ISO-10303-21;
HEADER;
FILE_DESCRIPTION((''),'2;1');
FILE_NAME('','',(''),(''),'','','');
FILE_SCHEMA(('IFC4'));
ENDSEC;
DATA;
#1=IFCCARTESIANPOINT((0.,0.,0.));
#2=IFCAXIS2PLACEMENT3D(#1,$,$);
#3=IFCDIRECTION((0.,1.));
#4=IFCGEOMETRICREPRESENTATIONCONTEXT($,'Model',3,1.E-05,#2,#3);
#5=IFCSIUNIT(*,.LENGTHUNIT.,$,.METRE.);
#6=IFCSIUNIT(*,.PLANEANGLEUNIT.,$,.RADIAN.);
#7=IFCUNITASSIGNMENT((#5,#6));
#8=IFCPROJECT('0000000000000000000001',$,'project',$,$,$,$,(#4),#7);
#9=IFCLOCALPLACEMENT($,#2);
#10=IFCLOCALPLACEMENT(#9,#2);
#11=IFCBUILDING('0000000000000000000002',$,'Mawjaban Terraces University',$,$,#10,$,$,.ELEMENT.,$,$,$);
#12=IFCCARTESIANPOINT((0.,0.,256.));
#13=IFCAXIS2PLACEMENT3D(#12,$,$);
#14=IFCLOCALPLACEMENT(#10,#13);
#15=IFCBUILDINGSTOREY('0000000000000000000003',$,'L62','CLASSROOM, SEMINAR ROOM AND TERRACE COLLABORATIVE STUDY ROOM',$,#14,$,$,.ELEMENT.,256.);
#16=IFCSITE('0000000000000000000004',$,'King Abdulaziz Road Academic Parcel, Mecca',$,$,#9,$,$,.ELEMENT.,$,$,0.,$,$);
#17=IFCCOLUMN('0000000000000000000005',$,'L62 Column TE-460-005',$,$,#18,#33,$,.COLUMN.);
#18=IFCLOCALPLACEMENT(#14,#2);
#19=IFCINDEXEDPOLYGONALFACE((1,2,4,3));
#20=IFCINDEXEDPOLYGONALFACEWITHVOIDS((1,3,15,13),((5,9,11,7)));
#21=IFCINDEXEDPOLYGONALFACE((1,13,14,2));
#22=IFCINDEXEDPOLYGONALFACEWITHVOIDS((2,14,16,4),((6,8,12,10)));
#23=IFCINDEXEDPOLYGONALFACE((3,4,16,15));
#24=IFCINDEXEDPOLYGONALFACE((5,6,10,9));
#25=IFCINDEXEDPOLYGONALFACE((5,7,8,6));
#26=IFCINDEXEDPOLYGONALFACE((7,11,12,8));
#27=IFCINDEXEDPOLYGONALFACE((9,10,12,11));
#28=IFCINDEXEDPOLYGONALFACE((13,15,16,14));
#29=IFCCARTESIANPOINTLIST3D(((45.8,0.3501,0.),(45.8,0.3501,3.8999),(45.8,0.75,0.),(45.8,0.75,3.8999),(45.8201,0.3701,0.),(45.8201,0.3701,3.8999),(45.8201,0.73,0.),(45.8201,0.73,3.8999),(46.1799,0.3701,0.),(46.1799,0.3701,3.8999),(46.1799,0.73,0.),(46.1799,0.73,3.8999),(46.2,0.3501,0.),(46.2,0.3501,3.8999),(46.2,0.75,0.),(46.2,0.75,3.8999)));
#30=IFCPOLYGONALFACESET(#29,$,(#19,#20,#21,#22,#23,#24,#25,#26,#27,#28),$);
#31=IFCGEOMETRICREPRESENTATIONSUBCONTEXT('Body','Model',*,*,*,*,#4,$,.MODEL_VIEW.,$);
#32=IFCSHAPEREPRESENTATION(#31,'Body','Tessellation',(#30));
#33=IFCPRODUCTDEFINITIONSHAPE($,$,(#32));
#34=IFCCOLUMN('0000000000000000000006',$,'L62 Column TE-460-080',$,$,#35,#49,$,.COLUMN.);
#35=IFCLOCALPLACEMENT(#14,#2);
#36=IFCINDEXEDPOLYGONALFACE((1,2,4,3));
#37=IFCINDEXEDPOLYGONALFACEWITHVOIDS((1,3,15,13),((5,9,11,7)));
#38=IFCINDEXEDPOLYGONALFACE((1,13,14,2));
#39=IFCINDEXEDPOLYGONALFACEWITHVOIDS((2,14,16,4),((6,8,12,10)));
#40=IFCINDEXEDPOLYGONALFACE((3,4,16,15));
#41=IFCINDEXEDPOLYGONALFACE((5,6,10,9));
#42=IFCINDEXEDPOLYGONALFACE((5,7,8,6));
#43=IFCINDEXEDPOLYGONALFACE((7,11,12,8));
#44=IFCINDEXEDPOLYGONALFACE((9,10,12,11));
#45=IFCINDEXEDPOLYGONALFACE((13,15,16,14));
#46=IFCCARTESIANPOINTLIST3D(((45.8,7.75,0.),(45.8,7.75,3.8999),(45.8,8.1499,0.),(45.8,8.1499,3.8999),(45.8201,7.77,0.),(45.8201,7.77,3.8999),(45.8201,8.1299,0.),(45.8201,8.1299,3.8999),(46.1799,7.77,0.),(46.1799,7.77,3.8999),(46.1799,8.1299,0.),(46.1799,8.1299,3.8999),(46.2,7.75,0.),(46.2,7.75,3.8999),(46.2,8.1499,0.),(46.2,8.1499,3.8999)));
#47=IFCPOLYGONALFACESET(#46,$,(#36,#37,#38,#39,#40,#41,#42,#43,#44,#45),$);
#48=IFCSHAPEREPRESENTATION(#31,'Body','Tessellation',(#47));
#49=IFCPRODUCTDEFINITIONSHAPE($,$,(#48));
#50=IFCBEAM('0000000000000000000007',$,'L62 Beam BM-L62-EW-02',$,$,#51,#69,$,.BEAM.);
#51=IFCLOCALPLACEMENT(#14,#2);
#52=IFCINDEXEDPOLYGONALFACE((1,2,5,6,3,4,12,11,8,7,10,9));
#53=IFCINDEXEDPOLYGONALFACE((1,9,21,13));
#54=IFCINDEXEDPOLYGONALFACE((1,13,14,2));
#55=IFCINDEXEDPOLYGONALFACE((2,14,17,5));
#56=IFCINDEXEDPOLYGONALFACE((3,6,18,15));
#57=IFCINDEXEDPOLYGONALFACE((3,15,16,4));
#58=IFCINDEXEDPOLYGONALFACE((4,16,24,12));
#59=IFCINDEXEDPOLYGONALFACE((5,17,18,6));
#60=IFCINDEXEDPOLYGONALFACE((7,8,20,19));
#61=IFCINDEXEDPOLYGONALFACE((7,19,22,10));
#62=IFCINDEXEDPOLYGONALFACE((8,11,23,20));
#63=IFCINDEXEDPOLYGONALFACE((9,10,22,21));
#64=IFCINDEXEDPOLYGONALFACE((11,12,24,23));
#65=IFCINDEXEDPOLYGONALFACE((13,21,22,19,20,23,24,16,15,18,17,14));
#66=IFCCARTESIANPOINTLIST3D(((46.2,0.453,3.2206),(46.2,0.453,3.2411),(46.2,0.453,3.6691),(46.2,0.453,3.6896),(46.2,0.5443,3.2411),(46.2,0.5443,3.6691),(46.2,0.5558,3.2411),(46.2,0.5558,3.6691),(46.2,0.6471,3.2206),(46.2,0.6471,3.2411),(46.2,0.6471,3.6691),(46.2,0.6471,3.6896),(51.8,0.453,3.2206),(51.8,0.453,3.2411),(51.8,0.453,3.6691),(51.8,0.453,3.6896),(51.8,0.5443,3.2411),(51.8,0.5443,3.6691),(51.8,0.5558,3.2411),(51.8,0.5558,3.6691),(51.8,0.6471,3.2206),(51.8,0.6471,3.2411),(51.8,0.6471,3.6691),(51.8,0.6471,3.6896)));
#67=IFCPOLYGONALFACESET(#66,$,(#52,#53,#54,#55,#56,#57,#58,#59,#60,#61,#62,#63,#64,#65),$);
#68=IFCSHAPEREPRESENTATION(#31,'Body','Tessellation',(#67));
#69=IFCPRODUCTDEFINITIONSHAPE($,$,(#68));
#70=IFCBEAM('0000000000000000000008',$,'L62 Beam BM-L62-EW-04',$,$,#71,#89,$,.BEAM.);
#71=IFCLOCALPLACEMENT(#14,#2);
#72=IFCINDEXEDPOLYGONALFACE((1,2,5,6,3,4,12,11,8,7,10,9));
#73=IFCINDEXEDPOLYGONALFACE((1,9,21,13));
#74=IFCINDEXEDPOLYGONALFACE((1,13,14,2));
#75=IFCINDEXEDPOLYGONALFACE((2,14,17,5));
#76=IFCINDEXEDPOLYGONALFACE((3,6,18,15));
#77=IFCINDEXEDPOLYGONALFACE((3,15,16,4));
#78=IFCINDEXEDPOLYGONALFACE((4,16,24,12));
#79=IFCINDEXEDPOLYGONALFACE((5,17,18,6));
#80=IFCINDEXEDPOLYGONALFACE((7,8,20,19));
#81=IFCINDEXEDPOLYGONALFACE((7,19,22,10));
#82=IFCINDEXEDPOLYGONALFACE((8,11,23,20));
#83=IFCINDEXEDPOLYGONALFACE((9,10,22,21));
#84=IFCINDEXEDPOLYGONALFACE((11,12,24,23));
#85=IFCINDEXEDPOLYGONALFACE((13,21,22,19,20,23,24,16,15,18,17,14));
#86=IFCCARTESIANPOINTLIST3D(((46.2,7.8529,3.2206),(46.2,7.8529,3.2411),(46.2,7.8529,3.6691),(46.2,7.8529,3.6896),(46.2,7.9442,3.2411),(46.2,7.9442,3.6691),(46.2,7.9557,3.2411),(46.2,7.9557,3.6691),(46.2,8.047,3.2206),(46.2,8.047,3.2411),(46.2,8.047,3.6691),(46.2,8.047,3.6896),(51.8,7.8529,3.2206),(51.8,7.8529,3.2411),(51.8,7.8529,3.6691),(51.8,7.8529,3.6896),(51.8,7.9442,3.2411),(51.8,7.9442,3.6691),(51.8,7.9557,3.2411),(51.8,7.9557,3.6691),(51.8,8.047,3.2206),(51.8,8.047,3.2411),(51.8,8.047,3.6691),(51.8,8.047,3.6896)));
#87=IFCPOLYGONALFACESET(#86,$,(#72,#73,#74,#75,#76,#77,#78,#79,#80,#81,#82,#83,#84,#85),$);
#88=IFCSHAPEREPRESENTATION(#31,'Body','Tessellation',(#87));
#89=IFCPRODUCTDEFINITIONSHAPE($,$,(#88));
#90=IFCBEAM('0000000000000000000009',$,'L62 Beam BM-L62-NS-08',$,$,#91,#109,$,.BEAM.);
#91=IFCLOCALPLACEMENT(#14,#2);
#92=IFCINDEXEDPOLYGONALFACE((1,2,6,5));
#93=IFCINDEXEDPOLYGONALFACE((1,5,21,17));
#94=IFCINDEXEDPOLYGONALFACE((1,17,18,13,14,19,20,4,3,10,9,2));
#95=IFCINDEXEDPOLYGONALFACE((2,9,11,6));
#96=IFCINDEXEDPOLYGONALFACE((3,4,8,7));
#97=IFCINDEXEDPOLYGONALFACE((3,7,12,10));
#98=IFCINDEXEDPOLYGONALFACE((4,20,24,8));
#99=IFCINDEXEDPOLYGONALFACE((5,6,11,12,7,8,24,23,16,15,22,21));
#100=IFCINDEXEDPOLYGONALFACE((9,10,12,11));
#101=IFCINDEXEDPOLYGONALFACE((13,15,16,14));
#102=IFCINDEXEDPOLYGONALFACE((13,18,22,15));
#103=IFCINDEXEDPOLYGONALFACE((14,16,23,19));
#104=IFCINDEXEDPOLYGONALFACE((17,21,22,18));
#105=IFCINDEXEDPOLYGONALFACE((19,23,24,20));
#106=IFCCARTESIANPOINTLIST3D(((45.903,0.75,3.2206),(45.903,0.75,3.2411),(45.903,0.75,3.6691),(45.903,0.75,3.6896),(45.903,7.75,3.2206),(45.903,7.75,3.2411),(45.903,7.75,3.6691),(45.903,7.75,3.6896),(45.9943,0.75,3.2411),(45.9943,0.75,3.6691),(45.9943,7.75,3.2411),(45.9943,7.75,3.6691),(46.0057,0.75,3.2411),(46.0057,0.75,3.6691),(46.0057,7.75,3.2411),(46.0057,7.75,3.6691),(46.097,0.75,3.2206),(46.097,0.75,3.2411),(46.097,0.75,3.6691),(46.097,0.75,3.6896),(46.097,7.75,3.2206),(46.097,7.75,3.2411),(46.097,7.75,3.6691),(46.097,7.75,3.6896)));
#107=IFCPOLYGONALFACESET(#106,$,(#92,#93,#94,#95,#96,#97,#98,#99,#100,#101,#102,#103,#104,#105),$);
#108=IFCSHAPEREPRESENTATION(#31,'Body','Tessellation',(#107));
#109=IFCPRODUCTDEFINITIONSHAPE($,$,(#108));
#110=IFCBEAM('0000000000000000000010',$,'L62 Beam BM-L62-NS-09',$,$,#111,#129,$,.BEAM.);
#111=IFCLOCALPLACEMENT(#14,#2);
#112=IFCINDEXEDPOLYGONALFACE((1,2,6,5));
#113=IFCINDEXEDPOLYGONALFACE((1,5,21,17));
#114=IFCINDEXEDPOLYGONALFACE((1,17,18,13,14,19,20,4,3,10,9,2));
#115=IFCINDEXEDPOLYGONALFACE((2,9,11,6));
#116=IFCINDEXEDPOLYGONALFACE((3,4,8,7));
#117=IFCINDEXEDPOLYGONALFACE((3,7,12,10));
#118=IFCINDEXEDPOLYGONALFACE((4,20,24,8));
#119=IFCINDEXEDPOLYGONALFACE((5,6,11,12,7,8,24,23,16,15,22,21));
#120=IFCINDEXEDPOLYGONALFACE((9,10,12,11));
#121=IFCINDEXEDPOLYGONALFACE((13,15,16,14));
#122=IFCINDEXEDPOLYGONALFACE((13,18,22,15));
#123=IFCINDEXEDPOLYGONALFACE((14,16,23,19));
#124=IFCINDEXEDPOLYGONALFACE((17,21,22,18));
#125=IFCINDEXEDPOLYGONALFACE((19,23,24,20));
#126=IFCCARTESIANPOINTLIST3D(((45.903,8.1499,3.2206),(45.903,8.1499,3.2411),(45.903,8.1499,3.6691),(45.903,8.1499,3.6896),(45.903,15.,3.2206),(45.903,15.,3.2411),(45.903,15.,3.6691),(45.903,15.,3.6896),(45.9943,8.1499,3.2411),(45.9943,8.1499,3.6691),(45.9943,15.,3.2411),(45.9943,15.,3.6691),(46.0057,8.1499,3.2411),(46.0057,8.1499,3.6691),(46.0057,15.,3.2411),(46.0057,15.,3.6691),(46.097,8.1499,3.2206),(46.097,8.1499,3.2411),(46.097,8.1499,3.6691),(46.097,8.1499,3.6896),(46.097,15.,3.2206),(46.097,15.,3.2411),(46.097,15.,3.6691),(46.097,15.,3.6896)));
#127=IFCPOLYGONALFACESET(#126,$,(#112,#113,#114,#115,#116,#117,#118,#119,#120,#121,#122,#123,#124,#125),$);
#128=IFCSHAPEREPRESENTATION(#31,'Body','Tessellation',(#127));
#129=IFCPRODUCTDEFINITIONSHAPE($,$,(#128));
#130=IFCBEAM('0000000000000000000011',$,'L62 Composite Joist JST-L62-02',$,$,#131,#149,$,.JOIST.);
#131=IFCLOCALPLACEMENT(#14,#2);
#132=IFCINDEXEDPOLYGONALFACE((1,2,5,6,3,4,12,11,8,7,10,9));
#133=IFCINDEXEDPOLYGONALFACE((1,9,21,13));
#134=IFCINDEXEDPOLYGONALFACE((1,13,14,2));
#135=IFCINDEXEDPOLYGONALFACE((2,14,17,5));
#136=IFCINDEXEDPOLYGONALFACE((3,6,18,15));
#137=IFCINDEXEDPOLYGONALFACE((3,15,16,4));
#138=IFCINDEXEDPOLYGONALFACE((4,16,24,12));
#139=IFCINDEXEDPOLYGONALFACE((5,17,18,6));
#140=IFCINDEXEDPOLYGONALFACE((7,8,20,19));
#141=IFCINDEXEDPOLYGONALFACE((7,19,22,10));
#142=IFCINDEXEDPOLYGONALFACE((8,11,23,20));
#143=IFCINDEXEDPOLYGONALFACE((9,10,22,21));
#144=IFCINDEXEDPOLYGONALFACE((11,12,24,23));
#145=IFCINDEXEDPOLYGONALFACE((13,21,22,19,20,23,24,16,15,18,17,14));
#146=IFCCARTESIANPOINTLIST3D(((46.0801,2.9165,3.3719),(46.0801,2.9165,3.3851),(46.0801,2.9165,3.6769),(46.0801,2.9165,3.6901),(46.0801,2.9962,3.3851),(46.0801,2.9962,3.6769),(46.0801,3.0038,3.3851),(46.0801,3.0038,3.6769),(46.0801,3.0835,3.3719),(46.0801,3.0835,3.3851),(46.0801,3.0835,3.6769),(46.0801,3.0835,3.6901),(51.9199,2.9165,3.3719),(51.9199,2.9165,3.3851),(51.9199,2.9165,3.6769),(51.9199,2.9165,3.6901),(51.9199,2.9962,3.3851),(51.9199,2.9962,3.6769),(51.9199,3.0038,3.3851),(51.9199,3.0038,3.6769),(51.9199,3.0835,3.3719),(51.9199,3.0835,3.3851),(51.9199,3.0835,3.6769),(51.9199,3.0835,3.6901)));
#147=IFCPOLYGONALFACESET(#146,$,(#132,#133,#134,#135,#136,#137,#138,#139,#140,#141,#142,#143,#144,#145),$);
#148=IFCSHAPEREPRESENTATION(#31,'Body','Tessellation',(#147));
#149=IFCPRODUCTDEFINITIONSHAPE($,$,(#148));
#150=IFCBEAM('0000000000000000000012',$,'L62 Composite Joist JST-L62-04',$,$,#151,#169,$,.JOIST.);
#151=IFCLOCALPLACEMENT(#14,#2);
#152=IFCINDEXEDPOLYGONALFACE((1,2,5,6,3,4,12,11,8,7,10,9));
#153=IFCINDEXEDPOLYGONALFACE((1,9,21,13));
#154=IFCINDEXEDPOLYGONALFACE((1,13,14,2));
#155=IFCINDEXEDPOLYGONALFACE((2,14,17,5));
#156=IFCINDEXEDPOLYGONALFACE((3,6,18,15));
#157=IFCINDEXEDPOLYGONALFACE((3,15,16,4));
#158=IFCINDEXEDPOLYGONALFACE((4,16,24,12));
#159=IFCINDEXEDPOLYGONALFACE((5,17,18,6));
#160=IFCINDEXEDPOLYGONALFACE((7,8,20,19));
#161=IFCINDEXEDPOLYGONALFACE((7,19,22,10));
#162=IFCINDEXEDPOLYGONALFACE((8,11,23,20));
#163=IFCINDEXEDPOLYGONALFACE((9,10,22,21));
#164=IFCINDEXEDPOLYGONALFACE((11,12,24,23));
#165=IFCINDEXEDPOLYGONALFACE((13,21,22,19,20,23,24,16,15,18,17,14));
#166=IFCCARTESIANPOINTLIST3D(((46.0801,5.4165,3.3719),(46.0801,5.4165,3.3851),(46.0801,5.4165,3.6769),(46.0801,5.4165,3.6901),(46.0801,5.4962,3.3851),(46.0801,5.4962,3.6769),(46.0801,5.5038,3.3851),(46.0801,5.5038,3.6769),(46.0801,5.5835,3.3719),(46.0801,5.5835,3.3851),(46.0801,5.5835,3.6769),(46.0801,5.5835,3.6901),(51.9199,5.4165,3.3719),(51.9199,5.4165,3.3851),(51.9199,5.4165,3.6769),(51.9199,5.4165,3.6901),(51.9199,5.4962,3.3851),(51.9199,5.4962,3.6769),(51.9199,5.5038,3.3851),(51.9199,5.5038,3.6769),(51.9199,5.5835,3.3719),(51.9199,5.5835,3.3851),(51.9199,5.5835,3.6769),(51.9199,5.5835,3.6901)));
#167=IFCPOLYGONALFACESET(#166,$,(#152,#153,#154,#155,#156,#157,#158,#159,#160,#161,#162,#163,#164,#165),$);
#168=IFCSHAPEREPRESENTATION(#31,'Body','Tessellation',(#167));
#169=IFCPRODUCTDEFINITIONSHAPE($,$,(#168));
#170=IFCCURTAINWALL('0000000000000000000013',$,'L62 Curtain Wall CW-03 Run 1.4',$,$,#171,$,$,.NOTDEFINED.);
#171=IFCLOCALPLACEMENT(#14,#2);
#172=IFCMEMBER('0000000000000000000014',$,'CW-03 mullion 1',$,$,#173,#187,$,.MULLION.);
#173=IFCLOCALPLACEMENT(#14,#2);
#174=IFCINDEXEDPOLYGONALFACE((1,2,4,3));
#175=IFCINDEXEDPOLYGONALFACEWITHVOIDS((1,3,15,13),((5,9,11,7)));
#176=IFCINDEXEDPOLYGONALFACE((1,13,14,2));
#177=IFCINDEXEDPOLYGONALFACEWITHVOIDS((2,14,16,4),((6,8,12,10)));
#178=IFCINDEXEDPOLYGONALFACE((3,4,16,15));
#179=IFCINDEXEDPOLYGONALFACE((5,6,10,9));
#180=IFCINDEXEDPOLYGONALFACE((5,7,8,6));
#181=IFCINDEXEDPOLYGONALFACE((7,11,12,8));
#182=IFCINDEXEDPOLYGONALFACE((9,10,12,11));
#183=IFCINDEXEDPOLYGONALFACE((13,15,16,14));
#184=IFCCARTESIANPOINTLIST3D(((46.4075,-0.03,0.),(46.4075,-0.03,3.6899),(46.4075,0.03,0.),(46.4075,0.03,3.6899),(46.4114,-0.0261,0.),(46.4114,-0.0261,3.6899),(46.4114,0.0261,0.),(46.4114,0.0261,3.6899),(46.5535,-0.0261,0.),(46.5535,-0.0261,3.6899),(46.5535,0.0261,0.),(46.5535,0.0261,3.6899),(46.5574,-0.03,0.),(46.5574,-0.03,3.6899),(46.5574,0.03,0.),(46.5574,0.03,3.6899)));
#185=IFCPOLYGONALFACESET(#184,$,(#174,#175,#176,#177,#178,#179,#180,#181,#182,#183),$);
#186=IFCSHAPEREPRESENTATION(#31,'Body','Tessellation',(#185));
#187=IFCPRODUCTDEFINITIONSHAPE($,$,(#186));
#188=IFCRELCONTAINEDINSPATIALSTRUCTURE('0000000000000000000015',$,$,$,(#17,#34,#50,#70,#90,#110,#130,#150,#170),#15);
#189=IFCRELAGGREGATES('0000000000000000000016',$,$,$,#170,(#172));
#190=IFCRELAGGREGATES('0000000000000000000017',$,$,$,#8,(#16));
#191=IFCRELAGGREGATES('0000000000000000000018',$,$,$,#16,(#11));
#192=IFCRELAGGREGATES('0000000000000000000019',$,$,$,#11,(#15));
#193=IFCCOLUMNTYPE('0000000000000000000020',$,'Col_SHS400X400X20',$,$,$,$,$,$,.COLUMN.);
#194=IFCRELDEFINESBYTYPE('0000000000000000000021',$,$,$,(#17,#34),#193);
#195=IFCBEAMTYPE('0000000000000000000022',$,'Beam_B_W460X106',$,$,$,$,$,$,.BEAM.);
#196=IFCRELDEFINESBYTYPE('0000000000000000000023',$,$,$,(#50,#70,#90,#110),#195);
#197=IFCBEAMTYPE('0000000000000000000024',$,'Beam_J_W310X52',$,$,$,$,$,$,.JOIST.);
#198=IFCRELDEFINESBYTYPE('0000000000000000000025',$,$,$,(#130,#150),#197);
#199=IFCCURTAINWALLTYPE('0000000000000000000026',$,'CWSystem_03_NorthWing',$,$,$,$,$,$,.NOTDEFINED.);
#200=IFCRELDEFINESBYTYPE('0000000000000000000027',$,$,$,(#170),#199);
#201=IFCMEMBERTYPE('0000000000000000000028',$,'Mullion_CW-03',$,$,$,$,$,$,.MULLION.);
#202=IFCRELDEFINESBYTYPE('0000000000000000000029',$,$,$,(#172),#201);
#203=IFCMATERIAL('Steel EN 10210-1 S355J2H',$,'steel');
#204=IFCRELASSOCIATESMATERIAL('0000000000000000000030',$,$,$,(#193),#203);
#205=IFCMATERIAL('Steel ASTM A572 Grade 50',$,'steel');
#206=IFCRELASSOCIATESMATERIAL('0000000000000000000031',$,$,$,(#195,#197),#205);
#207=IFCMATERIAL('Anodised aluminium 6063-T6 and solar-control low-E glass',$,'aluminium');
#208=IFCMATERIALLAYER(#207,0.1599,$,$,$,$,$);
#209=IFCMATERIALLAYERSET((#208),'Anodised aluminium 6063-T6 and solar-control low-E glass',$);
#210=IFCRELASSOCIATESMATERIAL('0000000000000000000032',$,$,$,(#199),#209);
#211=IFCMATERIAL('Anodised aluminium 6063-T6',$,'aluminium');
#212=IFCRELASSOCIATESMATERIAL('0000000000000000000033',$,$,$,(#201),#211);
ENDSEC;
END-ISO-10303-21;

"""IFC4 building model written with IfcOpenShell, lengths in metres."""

from ifc_helpers import new_model, si_unit, direction, frame, origin, origin_2d, place, context, subcontext, project, spatial, hollow_rectangle, i_section, extrude, material, layer, layer_set, material_profile, profile_set, type_object, element, aggregate, save


model = new_model("IFC4")

# Units and contexts
model_context = context("Model", 3, precision=1e-05, world=origin(), true_north=direction((0.0, 1.0)))
body_context = subcontext(model_context, "Body", "Model", "MODEL_VIEW")
ifc_project = project(units=[si_unit("LENGTHUNIT", "METRE"), si_unit("PLANEANGLEUNIT", "RADIAN")], contexts=[model_context])

# Site, building, storey
site_placement = place(None, origin())
site = spatial("IfcSite", under=ifc_project, at=site_placement, Name="King Abdulaziz Road Academic Parcel, Mecca", CompositionType="ELEMENT", RefElevation=0.0)
building_placement = place(site_placement, origin())
building = spatial("IfcBuilding", under=site, at=building_placement, Name="Mawjaban Terraces University", CompositionType="ELEMENT")
storey_placement = place(building_placement, frame((0.0, 0.0, 256.0)))
storey = spatial("IfcBuildingStorey", under=building, at=storey_placement, Name="L62", Description="CLASSROOM, SEMINAR ROOM AND TERRACE COLLABORATIVE STUDY ROOM", CompositionType="ELEMENT", Elevation=256.0)

# Columns
ifc_material_1 = material(Name="Steel EN 10210-1 S355J2H", Category="steel")
ifc_material_profile_1 = material_profile(ifc_material_1, hollow_rectangle(XDim=0.3999, YDim=0.3999, WallThickness=0.02, at=origin_2d()), Name="SHS400X400X20")
ifc_profile_set_1 = profile_set([ifc_material_profile_1], Name="Steel EN 10210-1 S355J2H")
column_type = type_object("IfcColumnType", Name="Col_SHS400X400X20", PredefinedType="COLUMN", material=ifc_profile_set_1)
for number, where, z_axis, x_axis, name in (
    (1, (46.0, 0.55, 0.0), (0.0, 0.0, 1.0), (1.0, 0.0, 0.0), "L62 Column TE-460-005"),
    (2, (46.0, 7.95, 0.0), (0.0, 0.0, 1.0), (1.0, 0.0, 0.0), "L62 Column TE-460-080"),
):
    element("IfcColumn", number, at=place(storey_placement, frame(where, z_axis=z_axis, x_axis=x_axis)), inside=storey, type_object=column_type, Name=name, PredefinedType="COLUMN", context=body_context, shape_type="SweptSolid", body=[
        extrude(hollow_rectangle(XDim=0.3999, YDim=0.3999, WallThickness=0.02, at=origin_2d()), origin(), (0.0, 0.0, 1.0), 3.8999),
    ])

# Beams
ifc_material_2 = material(Name="Steel ASTM A572 Grade 50", Category="steel")
ifc_material_profile_2 = material_profile(ifc_material_2, i_section(OverallWidth=0.1941, OverallDepth=0.469, WebThickness=0.0115, FlangeThickness=0.0205, at=origin_2d()), Name="W460X106")
ifc_profile_set_2 = profile_set([ifc_material_profile_2], Name="Steel ASTM A572 Grade 50")
beam_type_1 = type_object("IfcBeamType", Name="Beam_B_W460X106", PredefinedType="BEAM", material=ifc_profile_set_2)
for number, where, z_axis, x_axis, name in (
    (3, (46.2, 0.55, 3.4551), (1.0, 0.0, 0.0), (0.0, 1.0, 0.0), "L62 Beam BM-L62-EW-02"),
    (4, (46.2, 7.95, 3.4551), (1.0, 0.0, 0.0), (0.0, 1.0, 0.0), "L62 Beam BM-L62-EW-04"),
):
    element("IfcBeam", number, at=place(storey_placement, frame(where, z_axis=z_axis, x_axis=x_axis)), inside=storey, type_object=beam_type_1, Name=name, PredefinedType="BEAM", context=body_context, shape_type="SweptSolid", body=[
        extrude(i_section(OverallWidth=0.1941, OverallDepth=0.469, WebThickness=0.0115, FlangeThickness=0.0205, at=origin_2d()), origin(), (0.0, 0.0, 1.0), 5.6001),
    ])
beam_1_placement = place(storey_placement, frame((46.0, 0.75, 3.4551), z_axis=(0.0, 1.0, 0.0), x_axis=(-1.0, 0.0, 0.0)))
element("IfcBeam", 5, at=beam_1_placement, inside=storey, type_object=beam_type_1, Name="L62 Beam BM-L62-NS-08", PredefinedType="BEAM", context=body_context, shape_type="SweptSolid", body=[
    extrude(i_section(OverallWidth=0.1941, OverallDepth=0.469, WebThickness=0.0115, FlangeThickness=0.0205, at=origin_2d()), origin(), (0.0, 0.0, 1.0), 7.0),
])
beam_2_placement = place(storey_placement, frame((46.0, 8.1499, 3.4551), z_axis=(0.0, 1.0, 0.0), x_axis=(-1.0, 0.0, 0.0)))
element("IfcBeam", 6, at=beam_2_placement, inside=storey, type_object=beam_type_1, Name="L62 Beam BM-L62-NS-09", PredefinedType="BEAM", context=body_context, shape_type="SweptSolid", body=[
    extrude(i_section(OverallWidth=0.1941, OverallDepth=0.469, WebThickness=0.0115, FlangeThickness=0.0205, at=origin_2d()), origin(), (0.0, 0.0, 1.0), 6.8501),
])
ifc_material_profile_3 = material_profile(ifc_material_2, i_section(OverallWidth=0.167, OverallDepth=0.3181, WebThickness=0.0076, FlangeThickness=0.0132, at=origin_2d()), Name="W310X52")
ifc_profile_set_3 = profile_set([ifc_material_profile_3], Name="Steel ASTM A572 Grade 50")
beam_type_2 = type_object("IfcBeamType", Name="Beam_J_W310X52", PredefinedType="JOIST", material=ifc_profile_set_3)
for number, where, z_axis, x_axis, name in (
    (7, (46.0801, 3.0, 3.531), (1.0, 0.0, 0.0), (0.0, 1.0, 0.0), "L62 Composite Joist JST-L62-02"),
    (8, (46.0801, 5.5, 3.531), (1.0, 0.0, 0.0), (0.0, 1.0, 0.0), "L62 Composite Joist JST-L62-04"),
):
    element("IfcBeam", number, at=place(storey_placement, frame(where, z_axis=z_axis, x_axis=x_axis)), inside=storey, type_object=beam_type_2, Name=name, PredefinedType="JOIST", context=body_context, shape_type="SweptSolid", body=[
        extrude(i_section(OverallWidth=0.167, OverallDepth=0.3181, WebThickness=0.0076, FlangeThickness=0.0132, at=origin_2d()), origin(), (0.0, 0.0, 1.0), 5.8398),
    ])

# Curtain wall, member
ifc_material_3 = material(Name="Anodised aluminium 6063-T6 and solar-control low-E glass", Category="aluminium")
ifc_layer_1 = layer(ifc_material_3, 0.1599)
ifc_layer_set_1 = layer_set([ifc_layer_1], Name="Anodised aluminium 6063-T6 and solar-control low-E glass")
curtain_wall_type = type_object("IfcCurtainWallType", Name="CWSystem_03_NorthWing", PredefinedType="NOTDEFINED", material=ifc_layer_set_1)
curtain_wall_placement = place(storey_placement, origin())
curtain_wall = element("IfcCurtainWall", 9, at=curtain_wall_placement, inside=storey, type_object=curtain_wall_type, Name="L62 Curtain Wall CW-03 Run 1.4", PredefinedType="NOTDEFINED")
ifc_material_4 = material(Name="Anodised aluminium 6063-T6", Category="aluminium")
ifc_material_profile_4 = material_profile(ifc_material_4, hollow_rectangle(XDim=0.0601, YDim=0.1499, WallThickness=0.0039, at=origin_2d()), Name="ALU150X60X4")
ifc_profile_set_4 = profile_set([ifc_material_profile_4], Name="Anodised aluminium 6063-T6")
member_type_1 = type_object("IfcMemberType", Name="Mullion_CW-03", PredefinedType="MULLION", material=ifc_profile_set_4)
member_1_placement = place(storey_placement, frame((46.4824, 0.0, 0.0), z_axis=(0.0, 0.0, 1.0), x_axis=(0.0, 1.0, 0.0)))
member_1 = element("IfcMember", 10, at=member_1_placement, type_object=member_type_1, Name="CW-03 mullion 1", PredefinedType="MULLION", context=body_context, shape_type="SweptSolid", body=[
    extrude(hollow_rectangle(XDim=0.0601, YDim=0.1499, WallThickness=0.0039, at=origin_2d()), origin(), (0.0, 0.0, 1.0), 3.6899),
])
aggregate(curtain_wall, [member_1])

save(model, "model.ifc")
